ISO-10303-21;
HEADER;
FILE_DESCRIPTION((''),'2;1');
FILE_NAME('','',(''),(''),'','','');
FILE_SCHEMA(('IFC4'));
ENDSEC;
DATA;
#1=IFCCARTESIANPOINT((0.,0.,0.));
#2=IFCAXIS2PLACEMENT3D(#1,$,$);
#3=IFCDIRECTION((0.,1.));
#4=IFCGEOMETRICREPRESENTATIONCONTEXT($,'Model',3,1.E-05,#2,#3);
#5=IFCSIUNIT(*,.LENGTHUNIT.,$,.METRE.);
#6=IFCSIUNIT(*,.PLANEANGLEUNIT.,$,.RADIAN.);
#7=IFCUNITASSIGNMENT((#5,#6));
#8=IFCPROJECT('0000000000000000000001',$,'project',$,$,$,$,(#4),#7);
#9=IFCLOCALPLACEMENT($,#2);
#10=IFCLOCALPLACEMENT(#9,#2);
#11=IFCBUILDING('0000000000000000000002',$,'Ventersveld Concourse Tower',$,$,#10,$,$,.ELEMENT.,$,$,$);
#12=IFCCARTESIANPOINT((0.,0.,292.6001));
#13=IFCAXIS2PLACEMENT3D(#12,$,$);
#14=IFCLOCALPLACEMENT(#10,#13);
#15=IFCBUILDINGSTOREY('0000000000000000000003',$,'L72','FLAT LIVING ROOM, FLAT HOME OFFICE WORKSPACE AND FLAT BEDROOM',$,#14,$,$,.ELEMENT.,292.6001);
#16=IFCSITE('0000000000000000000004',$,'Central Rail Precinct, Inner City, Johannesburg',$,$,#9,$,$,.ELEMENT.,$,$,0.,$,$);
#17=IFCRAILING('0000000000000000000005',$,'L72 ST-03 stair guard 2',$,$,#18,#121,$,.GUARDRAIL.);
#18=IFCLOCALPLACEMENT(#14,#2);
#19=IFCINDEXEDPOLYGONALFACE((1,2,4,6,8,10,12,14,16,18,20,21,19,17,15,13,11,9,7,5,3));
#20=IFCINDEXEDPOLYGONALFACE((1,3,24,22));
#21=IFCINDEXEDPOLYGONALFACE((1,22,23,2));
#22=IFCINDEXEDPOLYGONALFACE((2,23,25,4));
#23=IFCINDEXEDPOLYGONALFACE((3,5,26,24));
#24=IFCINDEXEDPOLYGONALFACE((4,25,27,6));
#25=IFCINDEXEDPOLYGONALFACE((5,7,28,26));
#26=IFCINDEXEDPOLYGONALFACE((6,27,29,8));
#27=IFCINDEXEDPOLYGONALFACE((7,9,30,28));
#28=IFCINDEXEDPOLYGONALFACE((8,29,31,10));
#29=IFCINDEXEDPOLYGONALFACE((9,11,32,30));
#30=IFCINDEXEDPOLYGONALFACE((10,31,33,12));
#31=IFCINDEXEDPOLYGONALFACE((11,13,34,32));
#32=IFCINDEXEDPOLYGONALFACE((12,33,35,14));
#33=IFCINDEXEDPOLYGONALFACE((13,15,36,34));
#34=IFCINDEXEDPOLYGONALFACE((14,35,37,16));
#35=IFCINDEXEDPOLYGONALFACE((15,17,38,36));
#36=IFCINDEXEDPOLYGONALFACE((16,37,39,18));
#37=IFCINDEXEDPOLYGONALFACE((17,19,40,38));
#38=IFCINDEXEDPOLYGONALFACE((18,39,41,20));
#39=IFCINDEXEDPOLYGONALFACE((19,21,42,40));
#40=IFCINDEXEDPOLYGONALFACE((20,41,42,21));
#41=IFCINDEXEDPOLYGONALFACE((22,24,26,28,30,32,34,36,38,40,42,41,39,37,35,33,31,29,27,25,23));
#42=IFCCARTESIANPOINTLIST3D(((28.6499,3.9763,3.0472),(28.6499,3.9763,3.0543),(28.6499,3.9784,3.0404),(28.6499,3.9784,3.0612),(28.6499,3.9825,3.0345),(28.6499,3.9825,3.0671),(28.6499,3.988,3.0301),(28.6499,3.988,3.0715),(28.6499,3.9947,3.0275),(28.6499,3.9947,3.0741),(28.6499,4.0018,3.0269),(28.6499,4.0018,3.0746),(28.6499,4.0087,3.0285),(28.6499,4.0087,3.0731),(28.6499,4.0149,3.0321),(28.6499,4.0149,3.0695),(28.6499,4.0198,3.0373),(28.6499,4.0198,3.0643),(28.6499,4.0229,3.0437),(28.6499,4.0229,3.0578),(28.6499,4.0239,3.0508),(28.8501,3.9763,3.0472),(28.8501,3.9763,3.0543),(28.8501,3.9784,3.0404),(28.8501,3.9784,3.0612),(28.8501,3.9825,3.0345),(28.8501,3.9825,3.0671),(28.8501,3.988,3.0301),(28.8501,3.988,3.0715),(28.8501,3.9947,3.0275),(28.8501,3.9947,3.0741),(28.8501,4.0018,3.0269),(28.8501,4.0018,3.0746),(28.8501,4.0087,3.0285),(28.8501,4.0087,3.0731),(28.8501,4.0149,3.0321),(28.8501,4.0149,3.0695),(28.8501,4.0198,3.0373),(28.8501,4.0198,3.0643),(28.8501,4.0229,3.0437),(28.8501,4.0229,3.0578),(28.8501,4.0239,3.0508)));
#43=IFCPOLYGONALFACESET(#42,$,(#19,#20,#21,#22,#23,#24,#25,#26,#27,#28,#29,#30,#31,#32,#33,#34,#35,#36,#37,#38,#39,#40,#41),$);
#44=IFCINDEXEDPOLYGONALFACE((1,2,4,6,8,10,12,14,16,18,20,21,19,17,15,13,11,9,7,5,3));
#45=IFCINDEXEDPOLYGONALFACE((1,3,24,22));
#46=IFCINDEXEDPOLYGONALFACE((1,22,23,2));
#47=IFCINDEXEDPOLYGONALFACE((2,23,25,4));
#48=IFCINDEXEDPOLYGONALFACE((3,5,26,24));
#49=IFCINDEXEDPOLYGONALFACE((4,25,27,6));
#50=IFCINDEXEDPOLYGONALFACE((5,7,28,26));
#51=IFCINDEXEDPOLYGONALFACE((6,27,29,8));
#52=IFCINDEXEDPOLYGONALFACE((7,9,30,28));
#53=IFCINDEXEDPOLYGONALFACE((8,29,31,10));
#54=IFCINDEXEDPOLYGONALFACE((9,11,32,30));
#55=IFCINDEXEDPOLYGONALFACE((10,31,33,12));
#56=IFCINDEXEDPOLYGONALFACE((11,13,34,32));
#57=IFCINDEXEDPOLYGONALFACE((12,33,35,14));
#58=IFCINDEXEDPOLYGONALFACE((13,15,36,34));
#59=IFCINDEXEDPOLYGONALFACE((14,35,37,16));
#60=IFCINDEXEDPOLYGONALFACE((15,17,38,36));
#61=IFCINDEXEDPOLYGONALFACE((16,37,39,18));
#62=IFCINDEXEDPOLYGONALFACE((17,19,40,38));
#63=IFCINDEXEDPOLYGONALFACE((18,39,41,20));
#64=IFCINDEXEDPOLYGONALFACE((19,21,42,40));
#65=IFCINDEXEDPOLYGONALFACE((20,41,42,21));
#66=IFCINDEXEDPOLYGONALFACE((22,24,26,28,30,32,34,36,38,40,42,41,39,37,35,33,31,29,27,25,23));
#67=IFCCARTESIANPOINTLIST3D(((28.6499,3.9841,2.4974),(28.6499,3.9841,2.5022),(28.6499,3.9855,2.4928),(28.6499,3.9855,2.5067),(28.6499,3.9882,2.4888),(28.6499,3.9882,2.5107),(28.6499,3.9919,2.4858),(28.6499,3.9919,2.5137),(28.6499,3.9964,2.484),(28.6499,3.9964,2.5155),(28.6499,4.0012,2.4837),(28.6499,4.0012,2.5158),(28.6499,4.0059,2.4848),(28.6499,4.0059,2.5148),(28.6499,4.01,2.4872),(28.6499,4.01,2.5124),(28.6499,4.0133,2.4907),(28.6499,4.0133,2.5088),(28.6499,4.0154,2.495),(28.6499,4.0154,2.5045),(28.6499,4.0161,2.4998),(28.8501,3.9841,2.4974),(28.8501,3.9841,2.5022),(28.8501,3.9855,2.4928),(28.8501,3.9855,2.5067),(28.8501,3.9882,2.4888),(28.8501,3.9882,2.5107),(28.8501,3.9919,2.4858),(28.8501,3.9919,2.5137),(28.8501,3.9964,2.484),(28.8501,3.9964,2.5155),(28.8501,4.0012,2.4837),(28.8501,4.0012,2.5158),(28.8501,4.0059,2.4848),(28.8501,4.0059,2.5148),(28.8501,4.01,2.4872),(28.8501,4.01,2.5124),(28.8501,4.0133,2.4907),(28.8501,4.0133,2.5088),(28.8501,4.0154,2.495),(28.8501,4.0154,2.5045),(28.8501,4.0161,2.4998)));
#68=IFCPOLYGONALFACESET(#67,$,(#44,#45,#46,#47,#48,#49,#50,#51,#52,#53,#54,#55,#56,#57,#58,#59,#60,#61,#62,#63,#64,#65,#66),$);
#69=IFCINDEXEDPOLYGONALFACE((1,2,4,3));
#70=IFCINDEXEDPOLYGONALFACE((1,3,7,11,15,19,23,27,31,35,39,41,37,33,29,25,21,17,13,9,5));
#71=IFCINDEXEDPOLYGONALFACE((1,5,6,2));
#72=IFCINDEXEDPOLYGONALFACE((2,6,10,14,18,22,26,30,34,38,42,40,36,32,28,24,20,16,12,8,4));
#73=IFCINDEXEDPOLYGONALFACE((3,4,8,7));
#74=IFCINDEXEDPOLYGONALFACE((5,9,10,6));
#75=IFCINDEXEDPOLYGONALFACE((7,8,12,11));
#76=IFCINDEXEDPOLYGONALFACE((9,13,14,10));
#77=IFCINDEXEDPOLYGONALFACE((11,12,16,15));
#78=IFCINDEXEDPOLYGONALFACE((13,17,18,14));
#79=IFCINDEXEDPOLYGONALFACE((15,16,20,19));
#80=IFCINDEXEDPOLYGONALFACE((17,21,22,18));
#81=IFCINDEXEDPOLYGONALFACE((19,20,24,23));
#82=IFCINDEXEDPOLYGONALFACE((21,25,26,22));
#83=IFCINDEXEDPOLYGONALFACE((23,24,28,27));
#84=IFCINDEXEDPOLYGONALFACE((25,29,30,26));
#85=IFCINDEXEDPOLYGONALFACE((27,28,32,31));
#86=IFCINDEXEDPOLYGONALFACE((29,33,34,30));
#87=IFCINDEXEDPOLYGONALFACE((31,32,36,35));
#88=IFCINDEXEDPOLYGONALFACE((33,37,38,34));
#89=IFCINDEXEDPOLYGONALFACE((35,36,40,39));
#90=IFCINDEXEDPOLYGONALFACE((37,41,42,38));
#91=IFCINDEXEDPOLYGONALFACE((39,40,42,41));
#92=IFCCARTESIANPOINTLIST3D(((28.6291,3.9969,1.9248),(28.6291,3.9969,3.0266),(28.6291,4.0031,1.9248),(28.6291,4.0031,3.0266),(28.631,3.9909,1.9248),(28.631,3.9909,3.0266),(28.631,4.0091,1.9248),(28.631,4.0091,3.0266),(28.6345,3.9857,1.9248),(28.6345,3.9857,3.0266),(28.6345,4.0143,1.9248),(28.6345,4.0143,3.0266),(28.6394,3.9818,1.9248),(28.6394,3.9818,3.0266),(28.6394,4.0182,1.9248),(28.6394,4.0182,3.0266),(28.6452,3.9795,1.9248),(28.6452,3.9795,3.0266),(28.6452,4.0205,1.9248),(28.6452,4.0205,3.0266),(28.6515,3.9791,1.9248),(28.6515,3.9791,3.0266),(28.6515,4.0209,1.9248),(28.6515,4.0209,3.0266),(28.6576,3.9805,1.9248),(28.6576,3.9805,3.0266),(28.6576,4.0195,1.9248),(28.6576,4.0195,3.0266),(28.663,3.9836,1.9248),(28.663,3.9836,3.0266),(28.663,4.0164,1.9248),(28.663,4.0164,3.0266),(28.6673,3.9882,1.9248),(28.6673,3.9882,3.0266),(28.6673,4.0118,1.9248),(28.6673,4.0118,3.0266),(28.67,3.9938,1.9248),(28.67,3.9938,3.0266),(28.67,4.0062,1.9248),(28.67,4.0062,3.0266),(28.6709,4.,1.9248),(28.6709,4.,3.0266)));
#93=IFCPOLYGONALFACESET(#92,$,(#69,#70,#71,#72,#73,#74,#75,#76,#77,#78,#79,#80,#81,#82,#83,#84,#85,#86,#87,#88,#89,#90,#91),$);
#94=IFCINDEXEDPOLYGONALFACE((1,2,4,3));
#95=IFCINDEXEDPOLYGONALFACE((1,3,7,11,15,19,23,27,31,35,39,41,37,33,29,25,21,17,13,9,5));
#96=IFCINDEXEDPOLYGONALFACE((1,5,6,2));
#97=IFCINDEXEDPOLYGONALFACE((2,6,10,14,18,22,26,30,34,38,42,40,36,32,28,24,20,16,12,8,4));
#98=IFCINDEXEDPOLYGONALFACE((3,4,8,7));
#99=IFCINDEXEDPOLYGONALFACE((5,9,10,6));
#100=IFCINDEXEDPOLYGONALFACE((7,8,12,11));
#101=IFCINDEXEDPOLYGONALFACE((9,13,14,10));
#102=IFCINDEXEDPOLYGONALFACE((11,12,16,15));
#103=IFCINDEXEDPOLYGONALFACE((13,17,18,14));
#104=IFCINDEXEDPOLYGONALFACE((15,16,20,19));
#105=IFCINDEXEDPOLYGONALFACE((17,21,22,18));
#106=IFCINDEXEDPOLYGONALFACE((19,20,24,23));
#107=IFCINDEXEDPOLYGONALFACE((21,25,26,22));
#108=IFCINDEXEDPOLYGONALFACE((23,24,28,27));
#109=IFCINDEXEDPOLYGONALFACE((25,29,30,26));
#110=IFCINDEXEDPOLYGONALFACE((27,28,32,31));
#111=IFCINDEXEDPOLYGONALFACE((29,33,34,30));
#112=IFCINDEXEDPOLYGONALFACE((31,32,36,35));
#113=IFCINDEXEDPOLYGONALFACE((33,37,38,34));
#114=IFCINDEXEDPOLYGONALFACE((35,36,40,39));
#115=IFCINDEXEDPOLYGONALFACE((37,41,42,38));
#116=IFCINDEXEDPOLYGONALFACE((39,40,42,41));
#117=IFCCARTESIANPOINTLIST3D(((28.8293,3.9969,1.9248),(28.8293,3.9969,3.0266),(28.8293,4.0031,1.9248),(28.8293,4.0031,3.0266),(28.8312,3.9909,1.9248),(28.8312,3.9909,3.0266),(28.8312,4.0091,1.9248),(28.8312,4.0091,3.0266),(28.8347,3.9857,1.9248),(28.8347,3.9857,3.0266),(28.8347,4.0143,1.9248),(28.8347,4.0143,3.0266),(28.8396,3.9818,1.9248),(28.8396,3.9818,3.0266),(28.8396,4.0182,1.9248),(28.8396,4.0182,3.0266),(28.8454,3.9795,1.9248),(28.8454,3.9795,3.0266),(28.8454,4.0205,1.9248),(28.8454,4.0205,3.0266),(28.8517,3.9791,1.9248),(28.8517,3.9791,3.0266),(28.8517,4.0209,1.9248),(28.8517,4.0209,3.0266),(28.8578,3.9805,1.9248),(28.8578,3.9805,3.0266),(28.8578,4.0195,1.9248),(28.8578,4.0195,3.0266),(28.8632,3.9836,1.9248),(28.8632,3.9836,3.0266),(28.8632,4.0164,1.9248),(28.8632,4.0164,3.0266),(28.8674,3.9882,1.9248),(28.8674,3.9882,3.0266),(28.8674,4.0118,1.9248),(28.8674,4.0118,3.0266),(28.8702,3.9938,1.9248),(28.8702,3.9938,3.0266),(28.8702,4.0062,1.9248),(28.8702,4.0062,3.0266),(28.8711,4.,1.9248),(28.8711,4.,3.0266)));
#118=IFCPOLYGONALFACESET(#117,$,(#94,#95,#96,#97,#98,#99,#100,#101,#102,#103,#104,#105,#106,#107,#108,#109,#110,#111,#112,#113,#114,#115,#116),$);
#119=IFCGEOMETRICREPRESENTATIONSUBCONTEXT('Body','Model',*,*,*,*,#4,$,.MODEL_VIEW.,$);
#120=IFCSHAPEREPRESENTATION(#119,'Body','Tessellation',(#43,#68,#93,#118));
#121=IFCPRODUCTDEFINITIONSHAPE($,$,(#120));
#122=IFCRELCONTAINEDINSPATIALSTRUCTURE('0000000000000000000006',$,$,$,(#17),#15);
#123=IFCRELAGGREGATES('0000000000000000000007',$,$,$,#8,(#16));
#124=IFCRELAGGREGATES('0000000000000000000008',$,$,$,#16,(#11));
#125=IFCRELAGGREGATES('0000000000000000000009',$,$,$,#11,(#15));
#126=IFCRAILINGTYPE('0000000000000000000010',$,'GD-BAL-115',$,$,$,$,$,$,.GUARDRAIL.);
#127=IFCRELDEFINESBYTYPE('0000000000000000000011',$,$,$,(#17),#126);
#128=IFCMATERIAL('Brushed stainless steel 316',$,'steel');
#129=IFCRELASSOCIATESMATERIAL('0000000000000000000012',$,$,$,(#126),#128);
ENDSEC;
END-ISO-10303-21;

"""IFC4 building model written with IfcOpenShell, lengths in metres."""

from ifc_helpers import new_model, si_unit, direction, frame, origin, origin_2d, place, context, subcontext, project, spatial, circle, extrude, material, type_object, element, save


model = new_model("IFC4")

# Units and contexts
model_context = context("Model", 3, precision=1e-05, world=origin(), true_north=direction((0.0, 1.0)))
body_context = subcontext(model_context, "Body", "Model", "MODEL_VIEW")
ifc_project = project(units=[si_unit("LENGTHUNIT", "METRE"), si_unit("PLANEANGLEUNIT", "RADIAN")], contexts=[model_context])

# Site, building, storey
site_placement = place(None, origin())
site = spatial("IfcSite", under=ifc_project, at=site_placement, Name="Central Rail Precinct, Inner City, Johannesburg", CompositionType="ELEMENT", RefElevation=0.0)
building_placement = place(site_placement, origin())
building = spatial("IfcBuilding", under=site, at=building_placement, Name="Ventersveld Concourse Tower", CompositionType="ELEMENT")
storey_placement = place(building_placement, frame((0.0, 0.0, 292.6001)))
storey = spatial("IfcBuildingStorey", under=building, at=storey_placement, Name="L72", Description="FLAT LIVING ROOM, FLAT HOME OFFICE WORKSPACE AND FLAT BEDROOM", CompositionType="ELEMENT", Elevation=292.6001)

# Shared definitions
ifc_material_1 = material(Name="Brushed stainless steel 316", Category="steel")

# Railing
railing_type_1 = type_object("IfcRailingType", Name="GD-BAL-115", PredefinedType="GUARDRAIL", material=ifc_material_1)
railing_1_placement = place(storey_placement, frame((28.6499, 4.0, 1.9248)))
element("IfcRailing", 1, at=railing_1_placement, inside=storey, type_object=railing_type_1, Name="L72 ST-03 stair guard 2", PredefinedType="GUARDRAIL", context=body_context, shape_type="SweptSolid", body=[
    extrude(circle(Radius=0.0239, at=origin_2d()), frame((0.0, 0.0, 1.126), z_axis=(1.0, 0.0, 0.0), x_axis=(0.0, 1.0, 0.0)), (0.0, 0.0, 1.0), 0.2002),
    extrude(circle(Radius=0.0161, at=origin_2d()), frame((0.0, 0.0, 0.575), z_axis=(1.0, 0.0, 0.0), x_axis=(0.0, 1.0, 0.0)), (0.0, 0.0, 1.0), 0.2002),
    extrude(circle(Radius=0.021, at=origin_2d()), origin(), (0.0, 0.0, 1.0), 1.1018),
    extrude(circle(Radius=0.021, at=origin_2d()), frame((0.2002, 0.0, 0.0)), (0.0, 0.0, 1.0), 1.1018),
])

save(model, "model.ifc")
